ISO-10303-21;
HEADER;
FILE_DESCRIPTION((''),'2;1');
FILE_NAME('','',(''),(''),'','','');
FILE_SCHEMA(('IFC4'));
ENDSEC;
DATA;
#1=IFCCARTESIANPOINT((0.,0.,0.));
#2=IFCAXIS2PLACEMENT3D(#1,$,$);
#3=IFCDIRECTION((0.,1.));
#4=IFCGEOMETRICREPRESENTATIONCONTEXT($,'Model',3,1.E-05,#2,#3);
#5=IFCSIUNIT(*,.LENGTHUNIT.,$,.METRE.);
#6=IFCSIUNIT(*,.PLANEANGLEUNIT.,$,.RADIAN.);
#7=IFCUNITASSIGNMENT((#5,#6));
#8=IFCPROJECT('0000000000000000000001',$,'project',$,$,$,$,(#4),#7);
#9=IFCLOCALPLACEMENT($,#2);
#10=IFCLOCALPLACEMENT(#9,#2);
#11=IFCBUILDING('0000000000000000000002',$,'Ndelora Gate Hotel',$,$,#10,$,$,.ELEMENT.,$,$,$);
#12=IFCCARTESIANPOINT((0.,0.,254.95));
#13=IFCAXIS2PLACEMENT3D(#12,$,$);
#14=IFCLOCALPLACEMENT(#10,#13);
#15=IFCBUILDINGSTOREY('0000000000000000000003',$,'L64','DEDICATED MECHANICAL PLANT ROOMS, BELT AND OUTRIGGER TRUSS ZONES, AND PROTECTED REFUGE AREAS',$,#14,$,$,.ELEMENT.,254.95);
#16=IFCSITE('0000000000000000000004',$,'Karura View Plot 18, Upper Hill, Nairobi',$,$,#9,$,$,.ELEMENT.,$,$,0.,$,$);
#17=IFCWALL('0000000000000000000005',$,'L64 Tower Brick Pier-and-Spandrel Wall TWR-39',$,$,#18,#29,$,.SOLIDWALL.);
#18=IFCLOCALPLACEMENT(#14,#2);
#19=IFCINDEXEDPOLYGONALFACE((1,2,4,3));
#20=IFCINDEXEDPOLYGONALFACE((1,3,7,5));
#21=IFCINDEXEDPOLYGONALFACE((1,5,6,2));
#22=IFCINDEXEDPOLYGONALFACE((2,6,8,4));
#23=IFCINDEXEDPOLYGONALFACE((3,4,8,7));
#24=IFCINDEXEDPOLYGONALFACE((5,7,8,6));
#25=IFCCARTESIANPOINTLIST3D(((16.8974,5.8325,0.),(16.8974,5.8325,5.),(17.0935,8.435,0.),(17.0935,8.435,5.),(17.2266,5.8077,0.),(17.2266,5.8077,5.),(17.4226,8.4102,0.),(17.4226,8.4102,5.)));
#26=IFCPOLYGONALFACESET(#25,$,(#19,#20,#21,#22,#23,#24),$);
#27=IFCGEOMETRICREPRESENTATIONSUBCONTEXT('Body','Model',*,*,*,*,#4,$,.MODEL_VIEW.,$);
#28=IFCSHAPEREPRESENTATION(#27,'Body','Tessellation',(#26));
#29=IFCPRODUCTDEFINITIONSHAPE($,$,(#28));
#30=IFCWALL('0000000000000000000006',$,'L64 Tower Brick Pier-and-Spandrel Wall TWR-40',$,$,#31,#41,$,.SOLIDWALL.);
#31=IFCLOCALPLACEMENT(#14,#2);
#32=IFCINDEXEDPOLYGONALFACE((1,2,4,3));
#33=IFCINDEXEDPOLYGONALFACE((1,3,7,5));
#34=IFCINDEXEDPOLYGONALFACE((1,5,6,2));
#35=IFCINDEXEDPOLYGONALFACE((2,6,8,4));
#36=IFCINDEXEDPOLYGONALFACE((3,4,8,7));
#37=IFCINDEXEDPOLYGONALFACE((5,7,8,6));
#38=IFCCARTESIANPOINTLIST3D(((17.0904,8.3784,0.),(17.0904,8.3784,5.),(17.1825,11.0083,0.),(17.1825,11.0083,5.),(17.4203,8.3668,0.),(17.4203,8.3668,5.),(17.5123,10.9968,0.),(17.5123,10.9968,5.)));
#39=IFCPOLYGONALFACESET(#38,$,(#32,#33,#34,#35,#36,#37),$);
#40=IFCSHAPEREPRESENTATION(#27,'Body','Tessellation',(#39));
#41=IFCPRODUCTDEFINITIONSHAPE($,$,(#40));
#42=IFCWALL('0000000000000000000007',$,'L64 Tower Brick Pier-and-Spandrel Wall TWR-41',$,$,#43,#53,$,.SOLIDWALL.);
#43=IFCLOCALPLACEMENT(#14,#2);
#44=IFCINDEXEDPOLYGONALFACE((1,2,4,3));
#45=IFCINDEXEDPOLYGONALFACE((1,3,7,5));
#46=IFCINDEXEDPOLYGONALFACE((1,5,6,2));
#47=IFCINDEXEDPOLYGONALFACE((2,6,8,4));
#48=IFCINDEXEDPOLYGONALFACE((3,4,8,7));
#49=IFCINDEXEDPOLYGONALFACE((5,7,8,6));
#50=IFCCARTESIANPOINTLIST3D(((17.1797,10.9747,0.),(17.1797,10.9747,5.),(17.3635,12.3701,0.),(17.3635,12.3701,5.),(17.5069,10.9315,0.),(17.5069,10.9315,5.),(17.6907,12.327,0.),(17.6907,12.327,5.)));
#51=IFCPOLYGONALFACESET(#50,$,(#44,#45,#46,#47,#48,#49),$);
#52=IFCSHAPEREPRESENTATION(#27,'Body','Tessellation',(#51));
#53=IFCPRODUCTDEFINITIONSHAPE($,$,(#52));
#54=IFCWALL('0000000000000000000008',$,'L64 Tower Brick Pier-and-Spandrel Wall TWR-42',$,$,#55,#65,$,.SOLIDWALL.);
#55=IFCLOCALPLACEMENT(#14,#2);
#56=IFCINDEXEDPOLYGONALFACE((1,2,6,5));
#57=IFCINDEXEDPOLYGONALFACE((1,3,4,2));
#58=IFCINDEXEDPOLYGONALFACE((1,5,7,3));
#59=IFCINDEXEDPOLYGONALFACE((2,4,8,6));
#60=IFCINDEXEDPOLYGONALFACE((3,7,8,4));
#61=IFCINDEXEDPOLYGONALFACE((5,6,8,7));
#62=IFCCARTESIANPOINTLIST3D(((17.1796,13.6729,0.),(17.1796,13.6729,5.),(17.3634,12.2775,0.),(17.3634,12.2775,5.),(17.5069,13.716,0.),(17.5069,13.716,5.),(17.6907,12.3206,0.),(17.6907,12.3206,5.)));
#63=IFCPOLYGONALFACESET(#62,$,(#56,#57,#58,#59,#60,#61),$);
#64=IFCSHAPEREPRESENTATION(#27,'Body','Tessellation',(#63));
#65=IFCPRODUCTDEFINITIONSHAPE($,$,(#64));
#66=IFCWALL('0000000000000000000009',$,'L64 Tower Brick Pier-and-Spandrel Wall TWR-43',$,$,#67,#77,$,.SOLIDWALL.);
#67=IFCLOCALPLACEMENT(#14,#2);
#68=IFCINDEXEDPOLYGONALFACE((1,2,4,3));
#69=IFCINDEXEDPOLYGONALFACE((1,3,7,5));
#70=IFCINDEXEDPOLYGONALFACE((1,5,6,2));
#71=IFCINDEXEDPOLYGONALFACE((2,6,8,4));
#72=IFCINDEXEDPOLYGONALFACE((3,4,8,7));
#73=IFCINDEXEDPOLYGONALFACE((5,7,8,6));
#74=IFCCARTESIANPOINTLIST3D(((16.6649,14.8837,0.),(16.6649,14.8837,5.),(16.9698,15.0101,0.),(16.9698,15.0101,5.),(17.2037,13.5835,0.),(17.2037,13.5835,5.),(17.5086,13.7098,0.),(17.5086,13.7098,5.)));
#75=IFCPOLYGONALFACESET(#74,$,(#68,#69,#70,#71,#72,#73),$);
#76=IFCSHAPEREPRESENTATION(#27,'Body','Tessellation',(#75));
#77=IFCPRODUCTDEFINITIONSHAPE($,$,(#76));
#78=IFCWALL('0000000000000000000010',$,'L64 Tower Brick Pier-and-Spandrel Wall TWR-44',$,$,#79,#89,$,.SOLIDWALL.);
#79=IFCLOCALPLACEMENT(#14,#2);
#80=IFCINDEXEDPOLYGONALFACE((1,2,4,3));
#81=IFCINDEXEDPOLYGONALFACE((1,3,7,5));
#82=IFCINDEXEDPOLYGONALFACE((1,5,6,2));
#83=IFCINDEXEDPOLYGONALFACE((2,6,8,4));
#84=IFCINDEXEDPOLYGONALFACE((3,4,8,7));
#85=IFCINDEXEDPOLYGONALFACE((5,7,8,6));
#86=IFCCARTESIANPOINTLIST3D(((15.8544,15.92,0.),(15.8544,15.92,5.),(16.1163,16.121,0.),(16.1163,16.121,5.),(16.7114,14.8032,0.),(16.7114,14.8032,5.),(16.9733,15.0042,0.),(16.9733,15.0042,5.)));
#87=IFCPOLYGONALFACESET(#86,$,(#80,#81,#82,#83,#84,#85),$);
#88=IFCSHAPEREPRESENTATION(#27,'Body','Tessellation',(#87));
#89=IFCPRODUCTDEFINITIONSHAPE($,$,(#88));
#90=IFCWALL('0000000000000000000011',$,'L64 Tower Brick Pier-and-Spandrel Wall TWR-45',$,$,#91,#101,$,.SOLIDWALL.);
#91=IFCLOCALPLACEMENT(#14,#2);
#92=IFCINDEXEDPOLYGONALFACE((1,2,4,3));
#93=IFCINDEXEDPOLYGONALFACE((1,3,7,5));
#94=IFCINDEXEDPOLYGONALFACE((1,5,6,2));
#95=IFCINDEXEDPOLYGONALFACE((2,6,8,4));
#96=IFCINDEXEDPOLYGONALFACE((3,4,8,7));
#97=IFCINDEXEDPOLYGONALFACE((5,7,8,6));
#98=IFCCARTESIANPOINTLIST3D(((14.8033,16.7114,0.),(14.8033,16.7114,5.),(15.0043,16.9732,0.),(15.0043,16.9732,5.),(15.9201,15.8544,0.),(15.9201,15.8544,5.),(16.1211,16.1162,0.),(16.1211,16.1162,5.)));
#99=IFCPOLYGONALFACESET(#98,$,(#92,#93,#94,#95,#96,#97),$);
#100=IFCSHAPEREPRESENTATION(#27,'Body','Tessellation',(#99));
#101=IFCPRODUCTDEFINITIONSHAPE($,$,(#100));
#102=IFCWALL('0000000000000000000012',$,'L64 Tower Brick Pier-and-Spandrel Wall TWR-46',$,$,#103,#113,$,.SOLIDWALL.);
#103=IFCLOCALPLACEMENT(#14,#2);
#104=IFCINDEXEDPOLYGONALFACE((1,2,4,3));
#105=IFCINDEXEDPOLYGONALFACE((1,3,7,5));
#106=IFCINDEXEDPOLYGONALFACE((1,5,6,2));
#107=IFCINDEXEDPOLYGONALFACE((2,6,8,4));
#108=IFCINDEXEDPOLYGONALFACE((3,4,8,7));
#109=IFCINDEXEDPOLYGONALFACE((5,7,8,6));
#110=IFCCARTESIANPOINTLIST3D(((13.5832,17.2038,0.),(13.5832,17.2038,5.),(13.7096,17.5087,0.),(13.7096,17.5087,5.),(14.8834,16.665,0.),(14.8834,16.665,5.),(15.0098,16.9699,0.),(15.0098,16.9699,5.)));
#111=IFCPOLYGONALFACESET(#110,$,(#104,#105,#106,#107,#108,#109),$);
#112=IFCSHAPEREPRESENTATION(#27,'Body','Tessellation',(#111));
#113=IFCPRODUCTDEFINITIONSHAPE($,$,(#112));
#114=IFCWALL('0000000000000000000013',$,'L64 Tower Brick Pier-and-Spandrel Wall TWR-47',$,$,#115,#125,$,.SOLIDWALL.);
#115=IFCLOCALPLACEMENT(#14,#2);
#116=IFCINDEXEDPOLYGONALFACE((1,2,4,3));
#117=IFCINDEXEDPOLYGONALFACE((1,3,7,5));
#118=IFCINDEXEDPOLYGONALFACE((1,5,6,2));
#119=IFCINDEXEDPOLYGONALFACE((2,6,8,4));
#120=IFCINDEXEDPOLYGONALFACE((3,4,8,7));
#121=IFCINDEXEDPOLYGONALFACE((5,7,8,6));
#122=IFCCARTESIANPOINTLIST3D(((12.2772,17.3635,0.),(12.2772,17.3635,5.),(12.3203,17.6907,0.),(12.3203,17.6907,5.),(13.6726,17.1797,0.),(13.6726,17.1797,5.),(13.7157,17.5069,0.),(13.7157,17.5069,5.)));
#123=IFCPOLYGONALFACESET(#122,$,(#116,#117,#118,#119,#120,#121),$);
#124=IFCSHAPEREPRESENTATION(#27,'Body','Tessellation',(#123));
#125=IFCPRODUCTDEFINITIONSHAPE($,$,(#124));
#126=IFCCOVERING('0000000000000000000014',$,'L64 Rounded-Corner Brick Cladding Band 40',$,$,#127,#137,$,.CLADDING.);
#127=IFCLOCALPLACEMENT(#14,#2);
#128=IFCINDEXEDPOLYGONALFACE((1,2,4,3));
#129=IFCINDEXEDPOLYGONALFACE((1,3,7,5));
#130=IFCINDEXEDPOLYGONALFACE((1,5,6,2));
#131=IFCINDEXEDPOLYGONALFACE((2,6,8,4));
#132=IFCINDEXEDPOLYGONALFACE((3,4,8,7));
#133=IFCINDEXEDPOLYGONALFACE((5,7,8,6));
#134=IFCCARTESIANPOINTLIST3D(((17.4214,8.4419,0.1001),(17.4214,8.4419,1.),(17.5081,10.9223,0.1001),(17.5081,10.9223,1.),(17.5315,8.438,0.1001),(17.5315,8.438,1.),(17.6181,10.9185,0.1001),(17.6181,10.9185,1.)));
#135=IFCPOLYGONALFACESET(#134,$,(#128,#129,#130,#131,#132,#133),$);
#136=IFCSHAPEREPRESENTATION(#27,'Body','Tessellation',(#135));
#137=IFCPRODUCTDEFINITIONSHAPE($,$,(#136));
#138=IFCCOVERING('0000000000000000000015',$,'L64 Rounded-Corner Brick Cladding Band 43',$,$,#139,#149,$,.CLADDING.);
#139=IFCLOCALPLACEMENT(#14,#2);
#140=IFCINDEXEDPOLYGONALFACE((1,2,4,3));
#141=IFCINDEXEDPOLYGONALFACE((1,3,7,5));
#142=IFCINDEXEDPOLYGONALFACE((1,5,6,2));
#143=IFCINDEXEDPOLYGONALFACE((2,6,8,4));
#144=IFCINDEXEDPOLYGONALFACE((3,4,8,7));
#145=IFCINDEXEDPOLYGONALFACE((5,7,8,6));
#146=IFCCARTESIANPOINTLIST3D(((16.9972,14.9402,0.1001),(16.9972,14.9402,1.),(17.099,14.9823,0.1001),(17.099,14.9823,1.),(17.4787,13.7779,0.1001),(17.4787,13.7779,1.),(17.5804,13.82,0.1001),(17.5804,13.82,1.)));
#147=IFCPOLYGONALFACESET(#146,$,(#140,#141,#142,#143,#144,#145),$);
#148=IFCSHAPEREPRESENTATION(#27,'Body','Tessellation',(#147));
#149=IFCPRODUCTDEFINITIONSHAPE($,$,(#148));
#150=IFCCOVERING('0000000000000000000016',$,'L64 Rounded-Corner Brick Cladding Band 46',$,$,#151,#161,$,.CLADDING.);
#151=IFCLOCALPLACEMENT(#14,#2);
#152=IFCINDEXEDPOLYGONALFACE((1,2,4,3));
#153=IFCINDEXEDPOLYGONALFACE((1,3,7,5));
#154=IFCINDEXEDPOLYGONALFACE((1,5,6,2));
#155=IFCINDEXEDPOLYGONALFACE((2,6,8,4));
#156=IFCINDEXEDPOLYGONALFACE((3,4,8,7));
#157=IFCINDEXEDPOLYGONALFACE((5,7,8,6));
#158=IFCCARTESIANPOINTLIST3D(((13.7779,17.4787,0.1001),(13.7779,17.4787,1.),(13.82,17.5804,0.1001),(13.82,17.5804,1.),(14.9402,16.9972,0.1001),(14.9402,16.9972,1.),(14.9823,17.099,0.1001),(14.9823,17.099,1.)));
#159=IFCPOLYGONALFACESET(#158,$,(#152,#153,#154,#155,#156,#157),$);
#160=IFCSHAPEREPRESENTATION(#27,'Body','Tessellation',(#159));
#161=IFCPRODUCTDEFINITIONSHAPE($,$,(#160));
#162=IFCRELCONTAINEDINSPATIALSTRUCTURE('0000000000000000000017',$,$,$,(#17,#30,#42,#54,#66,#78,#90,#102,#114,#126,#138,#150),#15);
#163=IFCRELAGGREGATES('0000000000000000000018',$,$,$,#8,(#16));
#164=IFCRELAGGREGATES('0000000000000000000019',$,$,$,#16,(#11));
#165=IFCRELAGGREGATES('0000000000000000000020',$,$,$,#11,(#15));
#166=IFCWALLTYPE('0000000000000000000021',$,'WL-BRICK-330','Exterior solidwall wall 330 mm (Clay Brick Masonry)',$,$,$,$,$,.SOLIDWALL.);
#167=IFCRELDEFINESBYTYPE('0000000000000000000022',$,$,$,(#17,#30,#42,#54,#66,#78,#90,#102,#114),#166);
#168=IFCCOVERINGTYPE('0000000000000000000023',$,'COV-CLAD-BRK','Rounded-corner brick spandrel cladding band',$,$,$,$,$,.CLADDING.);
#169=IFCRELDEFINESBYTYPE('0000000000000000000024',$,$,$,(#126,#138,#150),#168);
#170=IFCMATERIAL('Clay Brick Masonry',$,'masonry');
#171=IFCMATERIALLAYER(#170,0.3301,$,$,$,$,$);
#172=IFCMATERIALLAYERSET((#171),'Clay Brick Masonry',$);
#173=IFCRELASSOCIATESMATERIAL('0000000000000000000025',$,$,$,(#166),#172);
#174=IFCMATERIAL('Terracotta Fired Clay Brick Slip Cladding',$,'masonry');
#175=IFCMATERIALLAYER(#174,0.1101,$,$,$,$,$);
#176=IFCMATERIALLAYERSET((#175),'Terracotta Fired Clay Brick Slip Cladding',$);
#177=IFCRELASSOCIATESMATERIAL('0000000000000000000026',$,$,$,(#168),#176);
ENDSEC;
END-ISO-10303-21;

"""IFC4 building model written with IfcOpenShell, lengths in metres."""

from ifc_helpers import new_model, si_unit, direction, frame, frame_2d, origin, origin_2d, place, context, subcontext, project, spatial, rectangle, extrude, material, layer, layer_set, type_object, element, save


model = new_model("IFC4")

# Units and contexts
model_context = context("Model", 3, precision=1e-05, world=origin(), true_north=direction((0.0, 1.0)))
body_context = subcontext(model_context, "Body", "Model", "MODEL_VIEW")
ifc_project = project(units=[si_unit("LENGTHUNIT", "METRE"), si_unit("PLANEANGLEUNIT", "RADIAN")], contexts=[model_context])

# Site, building, storey
site_placement = place(None, origin())
site = spatial("IfcSite", under=ifc_project, at=site_placement, Name="Karura View Plot 18, Upper Hill, Nairobi", CompositionType="ELEMENT", RefElevation=0.0)
building_placement = place(site_placement, origin())
building = spatial("IfcBuilding", under=site, at=building_placement, Name="Ndelora Gate Hotel", CompositionType="ELEMENT")
storey_placement = place(building_placement, frame((0.0, 0.0, 254.95)))
storey = spatial("IfcBuildingStorey", under=building, at=storey_placement, Name="L64", Description="DEDICATED MECHANICAL PLANT ROOMS, BELT AND OUTRIGGER TRUSS ZONES, AND PROTECTED REFUGE AREAS", CompositionType="ELEMENT", Elevation=254.95)

# Walls
ifc_material_1 = material(Name="Clay Brick Masonry", Category="masonry")
ifc_layer_1 = layer(ifc_material_1, 0.3301)
ifc_layer_set_1 = layer_set([ifc_layer_1], Name="Clay Brick Masonry")
wall_type = type_object("IfcWallType", Name="WL-BRICK-330", Description="Exterior solidwall wall 330 mm (Clay Brick Masonry)", PredefinedType="SOLIDWALL", material=ifc_layer_set_1)
wall_1_placement = place(storey_placement, frame((17.2581, 8.4226, 0.0), z_axis=(0.0, 0.0, 1.0), x_axis=(-0.075116, -0.997175, 0.0)))
element("IfcWall", 1, at=wall_1_placement, inside=storey, type_object=wall_type, Name="L64 Tower Brick Pier-and-Spandrel Wall TWR-39", PredefinedType="SOLIDWALL", context=body_context, shape_type="SweptSolid", body=[
    extrude(rectangle(XDim=2.6099, YDim=0.3301, at=frame_2d((1.3049, 0.0))), origin(), (0.0, 0.0, 1.0), 5.0),
])
wall_2_placement = place(storey_placement, frame((17.3474, 11.0027, 0.0), z_axis=(0.0, 0.0, 1.0), x_axis=(-0.034977, -0.999388, 0.0)))
element("IfcWall", 2, at=wall_2_placement, inside=storey, type_object=wall_type, Name="L64 Tower Brick Pier-and-Spandrel Wall TWR-40", PredefinedType="SOLIDWALL", context=body_context, shape_type="SweptSolid", body=[
    extrude(rectangle(XDim=2.6316, YDim=0.3301, at=frame_2d((1.3159, 0.0))), origin(), (0.0, 0.0, 1.0), 5.0),
])
for number, where, z_axis, x_axis, name in (
    (3, (17.5271, 12.3484, 0.0), (0.0, 0.0, 1.0), (-0.130607, -0.991434, 0.0), "L64 Tower Brick Pier-and-Spandrel Wall TWR-41"),
    (4, (17.3433, 13.6943, 0.0), (0.0, 0.0, 1.0), (0.130607, -0.991434, 0.0), "L64 Tower Brick Pier-and-Spandrel Wall TWR-42"),
    (5, (16.8174, 14.9468, 0.0), (0.0, 0.0, 1.0), (0.382816, -0.923824, 0.0), "L64 Tower Brick Pier-and-Spandrel Wall TWR-43"),
):
    element("IfcWall", number, at=place(storey_placement, frame(where, z_axis=z_axis, x_axis=x_axis)), inside=storey, type_object=wall_type, Name=name, PredefinedType="SOLIDWALL", context=body_context, shape_type="SweptSolid", body=[
        extrude(rectangle(XDim=1.4075, YDim=0.3301, at=frame_2d((0.7036, 0.0))), origin(), (0.0, 0.0, 1.0), 5.0),
    ])
for number, where, z_axis, x_axis, name in (
    (6, (15.9854, 16.0205, 0.0), (0.0, 0.0, 1.0), (0.608788, -0.793333, 0.0), "L64 Tower Brick Pier-and-Spandrel Wall TWR-44"),
    (7, (14.9038, 16.8423, 0.0), (0.0, 0.0, 1.0), (0.793333, -0.608788, 0.0), "L64 Tower Brick Pier-and-Spandrel Wall TWR-45"),
):
    element("IfcWall", number, at=place(storey_placement, frame(where, z_axis=z_axis, x_axis=x_axis)), inside=storey, type_object=wall_type, Name=name, PredefinedType="SOLIDWALL", context=body_context, shape_type="SweptSolid", body=[
        extrude(rectangle(XDim=1.4077, YDim=0.3301, at=frame_2d((0.7039, 0.0))), origin(), (0.0, 0.0, 1.0), 5.0),
    ])
for number, where, z_axis, x_axis, name in (
    (8, (13.6465, 17.3562, 0.0), (0.0, 0.0, 1.0), (0.923824, -0.382816, 0.0), "L64 Tower Brick Pier-and-Spandrel Wall TWR-46"),
    (9, (12.2988, 17.5271, 0.0), (0.0, 0.0, 1.0), (0.991434, -0.130607, 0.0), "L64 Tower Brick Pier-and-Spandrel Wall TWR-47"),
):
    element("IfcWall", number, at=place(storey_placement, frame(where, z_axis=z_axis, x_axis=x_axis)), inside=storey, type_object=wall_type, Name=name, PredefinedType="SOLIDWALL", context=body_context, shape_type="SweptSolid", body=[
        extrude(rectangle(XDim=1.4075, YDim=0.3301, at=frame_2d((0.7036, 0.0))), origin(), (0.0, 0.0, 1.0), 5.0),
    ])

# Coverings
ifc_material_2 = material(Name="Terracotta Fired Clay Brick Slip Cladding", Category="masonry")
ifc_layer_2 = layer(ifc_material_2, 0.1101)
ifc_layer_set_2 = layer_set([ifc_layer_2], Name="Terracotta Fired Clay Brick Slip Cladding")
covering_type = type_object("IfcCoveringType", Name="COV-CLAD-BRK", Description="Rounded-corner brick spandrel cladding band", PredefinedType="CLADDING", material=ifc_layer_set_2)
covering_placement = place(storey_placement, frame((17.5198, 9.6802, 0.1001), z_axis=(0.0, 0.0, 1.0), x_axis=(0.034899, 0.999391, 0.0)))
element("IfcCovering", 10, at=covering_placement, inside=storey, type_object=covering_type, Name="L64 Rounded-Corner Brick Cladding Band 40", PredefinedType="CLADDING", context=body_context, shape_type="SweptSolid", body=[
    extrude(rectangle(XDim=2.4819, YDim=0.1101, at=origin_2d()), origin(), (0.0, 0.0, 1.0), 0.8999),
])
for number, where, z_axis, x_axis, name in (
    (11, (17.2888, 14.3801, 0.1001), (0.0, 0.0, 1.0), (-0.382683, 0.92388, 0.0), "L64 Rounded-Corner Brick Cladding Band 43"),
    (12, (14.3801, 17.2888, 0.1001), (0.0, 0.0, 1.0), (-0.92388, 0.382683, 0.0), "L64 Rounded-Corner Brick Cladding Band 46"),
):
    element("IfcCovering", number, at=place(storey_placement, frame(where, z_axis=z_axis, x_axis=x_axis)), inside=storey, type_object=covering_type, Name=name, PredefinedType="CLADDING", context=body_context, shape_type="SweptSolid", body=[
        extrude(rectangle(XDim=1.2581, YDim=0.1101, at=origin_2d()), origin(), (0.0, 0.0, 1.0), 0.8999),
    ])

save(model, "model.ifc")
